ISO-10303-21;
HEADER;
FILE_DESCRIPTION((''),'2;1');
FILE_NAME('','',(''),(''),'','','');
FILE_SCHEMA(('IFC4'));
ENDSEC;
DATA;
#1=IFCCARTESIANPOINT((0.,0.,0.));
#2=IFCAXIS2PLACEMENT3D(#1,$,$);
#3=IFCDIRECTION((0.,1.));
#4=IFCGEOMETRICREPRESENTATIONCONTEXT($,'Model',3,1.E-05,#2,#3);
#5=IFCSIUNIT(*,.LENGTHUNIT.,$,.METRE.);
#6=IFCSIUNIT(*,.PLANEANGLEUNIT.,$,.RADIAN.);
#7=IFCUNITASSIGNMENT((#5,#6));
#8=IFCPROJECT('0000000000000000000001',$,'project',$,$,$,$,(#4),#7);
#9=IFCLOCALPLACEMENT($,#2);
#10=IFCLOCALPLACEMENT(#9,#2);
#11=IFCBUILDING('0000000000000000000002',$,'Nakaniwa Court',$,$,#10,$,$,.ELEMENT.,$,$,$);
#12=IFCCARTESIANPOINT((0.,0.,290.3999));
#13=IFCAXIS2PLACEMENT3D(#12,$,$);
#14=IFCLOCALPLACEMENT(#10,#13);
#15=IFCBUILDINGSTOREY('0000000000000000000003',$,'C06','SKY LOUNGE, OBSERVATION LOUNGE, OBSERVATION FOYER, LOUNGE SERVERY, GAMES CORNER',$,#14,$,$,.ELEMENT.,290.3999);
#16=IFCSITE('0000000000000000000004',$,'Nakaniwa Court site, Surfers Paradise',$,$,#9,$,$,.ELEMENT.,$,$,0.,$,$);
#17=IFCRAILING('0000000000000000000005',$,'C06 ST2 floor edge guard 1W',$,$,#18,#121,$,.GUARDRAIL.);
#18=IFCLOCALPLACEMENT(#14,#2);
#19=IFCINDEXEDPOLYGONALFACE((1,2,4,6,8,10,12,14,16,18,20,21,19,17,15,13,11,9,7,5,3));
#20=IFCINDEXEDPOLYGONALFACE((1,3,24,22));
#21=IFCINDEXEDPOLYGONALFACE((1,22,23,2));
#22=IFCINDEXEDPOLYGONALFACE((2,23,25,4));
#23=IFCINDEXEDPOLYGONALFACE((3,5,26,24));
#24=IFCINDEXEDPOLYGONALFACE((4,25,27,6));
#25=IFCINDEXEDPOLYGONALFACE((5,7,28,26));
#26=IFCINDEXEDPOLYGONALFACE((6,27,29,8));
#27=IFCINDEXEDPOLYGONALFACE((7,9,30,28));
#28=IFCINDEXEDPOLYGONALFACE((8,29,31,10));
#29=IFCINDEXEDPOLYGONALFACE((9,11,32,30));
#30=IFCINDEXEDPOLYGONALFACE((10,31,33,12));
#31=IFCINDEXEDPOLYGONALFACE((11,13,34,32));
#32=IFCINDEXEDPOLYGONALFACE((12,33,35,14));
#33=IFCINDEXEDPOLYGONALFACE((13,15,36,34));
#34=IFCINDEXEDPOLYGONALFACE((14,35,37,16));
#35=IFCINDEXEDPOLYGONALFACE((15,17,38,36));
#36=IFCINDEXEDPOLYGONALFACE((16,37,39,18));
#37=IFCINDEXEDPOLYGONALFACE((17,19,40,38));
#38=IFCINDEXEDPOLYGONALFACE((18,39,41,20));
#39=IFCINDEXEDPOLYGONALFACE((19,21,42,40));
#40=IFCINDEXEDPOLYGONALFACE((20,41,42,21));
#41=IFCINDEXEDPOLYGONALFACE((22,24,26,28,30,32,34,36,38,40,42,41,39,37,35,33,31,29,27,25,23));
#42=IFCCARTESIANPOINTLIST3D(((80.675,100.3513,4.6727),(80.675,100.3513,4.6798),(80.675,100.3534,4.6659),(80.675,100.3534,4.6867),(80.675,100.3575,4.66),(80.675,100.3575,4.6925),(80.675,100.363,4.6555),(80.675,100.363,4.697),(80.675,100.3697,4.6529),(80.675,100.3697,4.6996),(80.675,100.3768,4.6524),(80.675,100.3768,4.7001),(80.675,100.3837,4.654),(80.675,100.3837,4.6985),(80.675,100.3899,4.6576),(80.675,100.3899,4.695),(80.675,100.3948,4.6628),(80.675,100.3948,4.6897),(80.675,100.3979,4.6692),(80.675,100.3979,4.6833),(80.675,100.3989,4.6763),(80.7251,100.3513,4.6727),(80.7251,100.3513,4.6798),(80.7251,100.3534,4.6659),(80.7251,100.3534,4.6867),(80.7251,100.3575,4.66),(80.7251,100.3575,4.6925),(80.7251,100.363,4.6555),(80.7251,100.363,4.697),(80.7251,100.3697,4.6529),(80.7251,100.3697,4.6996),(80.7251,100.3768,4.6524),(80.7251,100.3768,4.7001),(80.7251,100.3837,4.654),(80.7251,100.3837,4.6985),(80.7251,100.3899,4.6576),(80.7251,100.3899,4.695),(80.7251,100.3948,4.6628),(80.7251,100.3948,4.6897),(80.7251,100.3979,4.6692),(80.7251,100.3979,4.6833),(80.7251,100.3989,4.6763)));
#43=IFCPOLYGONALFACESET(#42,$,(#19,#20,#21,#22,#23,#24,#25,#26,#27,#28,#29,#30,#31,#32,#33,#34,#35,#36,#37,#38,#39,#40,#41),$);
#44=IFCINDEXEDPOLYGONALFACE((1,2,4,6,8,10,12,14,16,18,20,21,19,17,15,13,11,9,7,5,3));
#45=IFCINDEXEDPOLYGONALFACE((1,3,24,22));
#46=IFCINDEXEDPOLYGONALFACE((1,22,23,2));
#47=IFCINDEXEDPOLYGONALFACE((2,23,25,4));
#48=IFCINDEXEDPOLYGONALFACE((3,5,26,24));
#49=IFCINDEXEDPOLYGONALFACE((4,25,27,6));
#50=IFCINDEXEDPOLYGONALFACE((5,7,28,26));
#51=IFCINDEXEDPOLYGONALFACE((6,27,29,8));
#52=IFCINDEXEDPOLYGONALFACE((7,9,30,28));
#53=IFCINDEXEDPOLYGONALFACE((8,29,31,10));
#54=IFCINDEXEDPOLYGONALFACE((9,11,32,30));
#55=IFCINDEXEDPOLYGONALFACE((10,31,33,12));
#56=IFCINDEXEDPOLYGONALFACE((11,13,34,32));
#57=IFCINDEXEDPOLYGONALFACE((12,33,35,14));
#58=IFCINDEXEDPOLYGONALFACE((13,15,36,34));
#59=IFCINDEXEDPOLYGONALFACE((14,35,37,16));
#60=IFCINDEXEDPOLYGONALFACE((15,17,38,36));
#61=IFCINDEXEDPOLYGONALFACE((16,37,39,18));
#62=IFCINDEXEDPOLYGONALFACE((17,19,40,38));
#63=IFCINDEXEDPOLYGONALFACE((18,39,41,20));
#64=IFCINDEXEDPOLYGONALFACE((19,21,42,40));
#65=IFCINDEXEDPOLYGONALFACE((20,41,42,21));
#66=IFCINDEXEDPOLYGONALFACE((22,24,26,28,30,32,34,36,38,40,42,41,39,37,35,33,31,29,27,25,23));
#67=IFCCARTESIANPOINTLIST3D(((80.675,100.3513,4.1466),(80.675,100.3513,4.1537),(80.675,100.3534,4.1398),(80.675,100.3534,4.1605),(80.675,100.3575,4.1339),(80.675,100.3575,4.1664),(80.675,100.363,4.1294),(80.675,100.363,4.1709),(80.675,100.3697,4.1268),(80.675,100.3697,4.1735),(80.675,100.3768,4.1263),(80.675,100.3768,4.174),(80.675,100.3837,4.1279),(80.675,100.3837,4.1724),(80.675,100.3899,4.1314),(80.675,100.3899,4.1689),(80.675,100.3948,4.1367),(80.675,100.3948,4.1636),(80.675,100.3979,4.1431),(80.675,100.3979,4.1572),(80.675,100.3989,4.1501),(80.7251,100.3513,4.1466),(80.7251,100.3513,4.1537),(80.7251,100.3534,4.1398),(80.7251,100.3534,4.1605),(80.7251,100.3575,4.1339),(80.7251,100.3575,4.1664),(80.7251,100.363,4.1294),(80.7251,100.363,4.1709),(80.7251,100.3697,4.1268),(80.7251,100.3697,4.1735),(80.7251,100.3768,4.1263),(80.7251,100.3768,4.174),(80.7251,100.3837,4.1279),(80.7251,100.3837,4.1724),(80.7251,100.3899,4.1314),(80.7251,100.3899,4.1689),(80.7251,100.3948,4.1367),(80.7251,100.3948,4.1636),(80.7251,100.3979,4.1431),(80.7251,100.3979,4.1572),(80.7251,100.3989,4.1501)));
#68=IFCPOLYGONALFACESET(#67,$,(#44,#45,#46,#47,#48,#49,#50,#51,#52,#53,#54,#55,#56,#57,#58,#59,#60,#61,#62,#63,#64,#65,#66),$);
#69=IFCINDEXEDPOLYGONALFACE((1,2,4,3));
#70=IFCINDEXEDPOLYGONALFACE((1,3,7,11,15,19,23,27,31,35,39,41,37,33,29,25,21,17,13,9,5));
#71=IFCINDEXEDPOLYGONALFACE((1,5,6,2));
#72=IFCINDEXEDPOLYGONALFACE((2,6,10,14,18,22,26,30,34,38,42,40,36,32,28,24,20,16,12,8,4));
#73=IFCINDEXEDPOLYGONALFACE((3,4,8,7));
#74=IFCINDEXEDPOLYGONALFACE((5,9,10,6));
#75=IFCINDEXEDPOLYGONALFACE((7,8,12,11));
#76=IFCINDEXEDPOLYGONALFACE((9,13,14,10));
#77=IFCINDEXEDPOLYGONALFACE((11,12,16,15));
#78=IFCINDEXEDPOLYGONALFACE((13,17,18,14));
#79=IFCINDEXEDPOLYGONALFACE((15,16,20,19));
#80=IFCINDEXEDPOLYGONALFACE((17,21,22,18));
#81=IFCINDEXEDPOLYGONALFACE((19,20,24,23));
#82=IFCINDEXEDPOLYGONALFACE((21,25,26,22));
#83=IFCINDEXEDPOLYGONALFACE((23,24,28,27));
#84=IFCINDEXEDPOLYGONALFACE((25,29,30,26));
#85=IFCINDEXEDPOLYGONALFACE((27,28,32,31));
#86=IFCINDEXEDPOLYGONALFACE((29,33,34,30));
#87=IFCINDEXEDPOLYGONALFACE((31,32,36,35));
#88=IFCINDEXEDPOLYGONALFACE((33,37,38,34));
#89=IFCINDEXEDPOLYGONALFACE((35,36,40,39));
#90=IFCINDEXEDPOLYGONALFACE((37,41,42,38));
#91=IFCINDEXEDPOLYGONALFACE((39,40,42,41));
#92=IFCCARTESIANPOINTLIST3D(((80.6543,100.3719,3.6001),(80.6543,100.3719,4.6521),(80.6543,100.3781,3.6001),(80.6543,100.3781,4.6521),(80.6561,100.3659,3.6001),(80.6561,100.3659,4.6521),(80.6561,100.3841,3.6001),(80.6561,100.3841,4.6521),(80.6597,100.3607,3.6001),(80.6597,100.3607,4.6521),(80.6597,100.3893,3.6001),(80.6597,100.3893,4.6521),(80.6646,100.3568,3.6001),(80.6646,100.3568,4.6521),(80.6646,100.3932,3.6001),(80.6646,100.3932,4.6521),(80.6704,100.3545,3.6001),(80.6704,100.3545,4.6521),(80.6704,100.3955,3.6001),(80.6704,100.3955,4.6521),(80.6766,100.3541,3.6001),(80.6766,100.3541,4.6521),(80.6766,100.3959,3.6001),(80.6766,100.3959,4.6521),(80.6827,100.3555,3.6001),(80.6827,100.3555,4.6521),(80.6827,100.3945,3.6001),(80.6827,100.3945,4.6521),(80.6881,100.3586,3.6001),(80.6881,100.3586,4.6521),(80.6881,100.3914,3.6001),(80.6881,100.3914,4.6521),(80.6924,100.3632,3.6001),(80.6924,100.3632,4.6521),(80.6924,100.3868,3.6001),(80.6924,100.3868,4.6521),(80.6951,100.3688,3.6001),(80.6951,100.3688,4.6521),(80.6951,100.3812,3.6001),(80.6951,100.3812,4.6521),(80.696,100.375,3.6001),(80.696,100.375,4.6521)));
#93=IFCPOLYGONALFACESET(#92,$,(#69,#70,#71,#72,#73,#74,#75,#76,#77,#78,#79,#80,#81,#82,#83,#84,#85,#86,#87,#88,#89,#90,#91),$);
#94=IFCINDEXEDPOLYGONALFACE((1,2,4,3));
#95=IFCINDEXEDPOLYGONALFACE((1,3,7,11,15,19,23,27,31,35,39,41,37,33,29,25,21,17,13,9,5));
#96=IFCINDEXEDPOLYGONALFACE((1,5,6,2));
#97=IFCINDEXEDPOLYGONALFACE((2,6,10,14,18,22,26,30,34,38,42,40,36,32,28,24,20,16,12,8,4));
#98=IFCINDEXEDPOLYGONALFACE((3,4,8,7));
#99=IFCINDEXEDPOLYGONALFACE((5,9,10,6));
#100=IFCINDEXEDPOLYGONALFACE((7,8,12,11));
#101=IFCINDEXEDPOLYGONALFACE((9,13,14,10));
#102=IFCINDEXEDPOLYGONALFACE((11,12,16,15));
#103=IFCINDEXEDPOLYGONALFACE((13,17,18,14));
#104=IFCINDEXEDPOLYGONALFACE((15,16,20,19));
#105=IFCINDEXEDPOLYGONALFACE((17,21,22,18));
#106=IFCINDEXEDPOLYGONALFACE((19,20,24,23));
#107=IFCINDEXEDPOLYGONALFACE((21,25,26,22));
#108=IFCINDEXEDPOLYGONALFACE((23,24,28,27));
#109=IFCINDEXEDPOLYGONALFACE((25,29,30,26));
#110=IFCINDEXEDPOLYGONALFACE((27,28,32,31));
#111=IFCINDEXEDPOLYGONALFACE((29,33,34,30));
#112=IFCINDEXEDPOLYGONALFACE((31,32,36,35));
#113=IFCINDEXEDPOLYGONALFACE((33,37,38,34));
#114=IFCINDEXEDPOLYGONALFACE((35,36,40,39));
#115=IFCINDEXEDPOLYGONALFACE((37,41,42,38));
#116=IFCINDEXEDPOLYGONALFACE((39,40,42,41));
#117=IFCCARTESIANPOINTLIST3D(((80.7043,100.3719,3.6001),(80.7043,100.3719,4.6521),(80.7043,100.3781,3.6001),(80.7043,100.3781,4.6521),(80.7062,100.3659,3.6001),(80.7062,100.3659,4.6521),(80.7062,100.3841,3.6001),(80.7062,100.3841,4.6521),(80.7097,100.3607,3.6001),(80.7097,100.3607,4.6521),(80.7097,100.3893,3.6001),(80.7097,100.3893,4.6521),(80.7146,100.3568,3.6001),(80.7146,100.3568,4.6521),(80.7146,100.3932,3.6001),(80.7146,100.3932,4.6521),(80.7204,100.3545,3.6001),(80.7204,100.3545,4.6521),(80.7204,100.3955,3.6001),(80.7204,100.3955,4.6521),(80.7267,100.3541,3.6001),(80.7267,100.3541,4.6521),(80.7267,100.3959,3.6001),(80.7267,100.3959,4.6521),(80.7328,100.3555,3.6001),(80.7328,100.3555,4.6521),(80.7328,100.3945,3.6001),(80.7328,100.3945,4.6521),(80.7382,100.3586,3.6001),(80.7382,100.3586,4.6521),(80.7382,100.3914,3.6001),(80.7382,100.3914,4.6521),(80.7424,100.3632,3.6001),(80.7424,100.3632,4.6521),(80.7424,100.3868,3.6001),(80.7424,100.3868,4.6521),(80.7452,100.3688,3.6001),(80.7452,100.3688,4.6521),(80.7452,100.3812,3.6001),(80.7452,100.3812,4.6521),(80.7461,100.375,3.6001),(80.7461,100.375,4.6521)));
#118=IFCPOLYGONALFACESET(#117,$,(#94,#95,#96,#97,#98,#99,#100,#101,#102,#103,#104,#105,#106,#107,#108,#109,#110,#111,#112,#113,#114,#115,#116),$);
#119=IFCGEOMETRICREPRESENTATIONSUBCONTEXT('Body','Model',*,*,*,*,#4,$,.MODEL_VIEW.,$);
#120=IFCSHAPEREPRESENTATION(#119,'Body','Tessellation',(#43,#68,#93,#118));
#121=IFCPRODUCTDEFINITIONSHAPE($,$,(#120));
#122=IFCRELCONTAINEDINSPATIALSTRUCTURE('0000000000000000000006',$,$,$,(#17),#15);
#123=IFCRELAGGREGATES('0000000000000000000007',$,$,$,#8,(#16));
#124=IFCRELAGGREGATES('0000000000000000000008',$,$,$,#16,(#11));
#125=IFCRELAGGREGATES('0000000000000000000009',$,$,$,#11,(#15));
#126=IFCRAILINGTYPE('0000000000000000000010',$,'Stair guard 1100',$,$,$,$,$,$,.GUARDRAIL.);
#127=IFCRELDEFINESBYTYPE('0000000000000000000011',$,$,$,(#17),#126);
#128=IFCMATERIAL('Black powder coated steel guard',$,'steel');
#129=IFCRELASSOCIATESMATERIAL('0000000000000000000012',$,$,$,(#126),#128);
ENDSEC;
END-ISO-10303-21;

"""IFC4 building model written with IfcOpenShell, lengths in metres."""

from ifc_helpers import new_model, si_unit, direction, frame, origin, origin_2d, place, context, subcontext, project, spatial, circle, extrude, material, type_object, element, save


model = new_model("IFC4")

# Units and contexts
model_context = context("Model", 3, precision=1e-05, world=origin(), true_north=direction((0.0, 1.0)))
body_context = subcontext(model_context, "Body", "Model", "MODEL_VIEW")
ifc_project = project(units=[si_unit("LENGTHUNIT", "METRE"), si_unit("PLANEANGLEUNIT", "RADIAN")], contexts=[model_context])

# Site, building, storey
site_placement = place(None, origin())
site = spatial("IfcSite", under=ifc_project, at=site_placement, Name="Nakaniwa Court site, Surfers Paradise", CompositionType="ELEMENT", RefElevation=0.0)
building_placement = place(site_placement, origin())
building = spatial("IfcBuilding", under=site, at=building_placement, Name="Nakaniwa Court", CompositionType="ELEMENT")
storey_placement = place(building_placement, frame((0.0, 0.0, 290.3999)))
storey = spatial("IfcBuildingStorey", under=building, at=storey_placement, Name="C06", Description="SKY LOUNGE, OBSERVATION LOUNGE, OBSERVATION FOYER, LOUNGE SERVERY, GAMES CORNER", CompositionType="ELEMENT", Elevation=290.3999)

# Railing
ifc_material_1 = material(Name="Black powder coated steel guard", Category="steel")
railing_type_1 = type_object("IfcRailingType", Name="Stair guard 1100", PredefinedType="GUARDRAIL", material=ifc_material_1)
for number, where, name in (
    (1, (80.675, 100.375, 3.6001), "C06 ST2 floor edge guard 1W"),
):
    element("IfcRailing", number, at=place(storey_placement, frame(where)), inside=storey, type_object=railing_type_1, Name=name, PredefinedType="GUARDRAIL", context=body_context, shape_type="SweptSolid", body=[
        extrude(circle(Radius=0.0239, at=origin_2d()), frame((0.0, 0.0, 1.0762), z_axis=(1.0, 0.0, 0.0), x_axis=(0.0, 1.0, 0.0)), (0.0, 0.0, 1.0), 0.05),
        extrude(circle(Radius=0.0239, at=origin_2d()), frame((0.0, 0.0, 0.55), z_axis=(1.0, 0.0, 0.0), x_axis=(0.0, 1.0, 0.0)), (0.0, 0.0, 1.0), 0.05),
        extrude(circle(Radius=0.021, at=origin_2d()), origin(), (0.0, 0.0, 1.0), 1.052),
        extrude(circle(Radius=0.021, at=origin_2d()), frame((0.05, 0.0, 0.0)), (0.0, 0.0, 1.0), 1.052),
    ])

save(model, "model.ifc")
